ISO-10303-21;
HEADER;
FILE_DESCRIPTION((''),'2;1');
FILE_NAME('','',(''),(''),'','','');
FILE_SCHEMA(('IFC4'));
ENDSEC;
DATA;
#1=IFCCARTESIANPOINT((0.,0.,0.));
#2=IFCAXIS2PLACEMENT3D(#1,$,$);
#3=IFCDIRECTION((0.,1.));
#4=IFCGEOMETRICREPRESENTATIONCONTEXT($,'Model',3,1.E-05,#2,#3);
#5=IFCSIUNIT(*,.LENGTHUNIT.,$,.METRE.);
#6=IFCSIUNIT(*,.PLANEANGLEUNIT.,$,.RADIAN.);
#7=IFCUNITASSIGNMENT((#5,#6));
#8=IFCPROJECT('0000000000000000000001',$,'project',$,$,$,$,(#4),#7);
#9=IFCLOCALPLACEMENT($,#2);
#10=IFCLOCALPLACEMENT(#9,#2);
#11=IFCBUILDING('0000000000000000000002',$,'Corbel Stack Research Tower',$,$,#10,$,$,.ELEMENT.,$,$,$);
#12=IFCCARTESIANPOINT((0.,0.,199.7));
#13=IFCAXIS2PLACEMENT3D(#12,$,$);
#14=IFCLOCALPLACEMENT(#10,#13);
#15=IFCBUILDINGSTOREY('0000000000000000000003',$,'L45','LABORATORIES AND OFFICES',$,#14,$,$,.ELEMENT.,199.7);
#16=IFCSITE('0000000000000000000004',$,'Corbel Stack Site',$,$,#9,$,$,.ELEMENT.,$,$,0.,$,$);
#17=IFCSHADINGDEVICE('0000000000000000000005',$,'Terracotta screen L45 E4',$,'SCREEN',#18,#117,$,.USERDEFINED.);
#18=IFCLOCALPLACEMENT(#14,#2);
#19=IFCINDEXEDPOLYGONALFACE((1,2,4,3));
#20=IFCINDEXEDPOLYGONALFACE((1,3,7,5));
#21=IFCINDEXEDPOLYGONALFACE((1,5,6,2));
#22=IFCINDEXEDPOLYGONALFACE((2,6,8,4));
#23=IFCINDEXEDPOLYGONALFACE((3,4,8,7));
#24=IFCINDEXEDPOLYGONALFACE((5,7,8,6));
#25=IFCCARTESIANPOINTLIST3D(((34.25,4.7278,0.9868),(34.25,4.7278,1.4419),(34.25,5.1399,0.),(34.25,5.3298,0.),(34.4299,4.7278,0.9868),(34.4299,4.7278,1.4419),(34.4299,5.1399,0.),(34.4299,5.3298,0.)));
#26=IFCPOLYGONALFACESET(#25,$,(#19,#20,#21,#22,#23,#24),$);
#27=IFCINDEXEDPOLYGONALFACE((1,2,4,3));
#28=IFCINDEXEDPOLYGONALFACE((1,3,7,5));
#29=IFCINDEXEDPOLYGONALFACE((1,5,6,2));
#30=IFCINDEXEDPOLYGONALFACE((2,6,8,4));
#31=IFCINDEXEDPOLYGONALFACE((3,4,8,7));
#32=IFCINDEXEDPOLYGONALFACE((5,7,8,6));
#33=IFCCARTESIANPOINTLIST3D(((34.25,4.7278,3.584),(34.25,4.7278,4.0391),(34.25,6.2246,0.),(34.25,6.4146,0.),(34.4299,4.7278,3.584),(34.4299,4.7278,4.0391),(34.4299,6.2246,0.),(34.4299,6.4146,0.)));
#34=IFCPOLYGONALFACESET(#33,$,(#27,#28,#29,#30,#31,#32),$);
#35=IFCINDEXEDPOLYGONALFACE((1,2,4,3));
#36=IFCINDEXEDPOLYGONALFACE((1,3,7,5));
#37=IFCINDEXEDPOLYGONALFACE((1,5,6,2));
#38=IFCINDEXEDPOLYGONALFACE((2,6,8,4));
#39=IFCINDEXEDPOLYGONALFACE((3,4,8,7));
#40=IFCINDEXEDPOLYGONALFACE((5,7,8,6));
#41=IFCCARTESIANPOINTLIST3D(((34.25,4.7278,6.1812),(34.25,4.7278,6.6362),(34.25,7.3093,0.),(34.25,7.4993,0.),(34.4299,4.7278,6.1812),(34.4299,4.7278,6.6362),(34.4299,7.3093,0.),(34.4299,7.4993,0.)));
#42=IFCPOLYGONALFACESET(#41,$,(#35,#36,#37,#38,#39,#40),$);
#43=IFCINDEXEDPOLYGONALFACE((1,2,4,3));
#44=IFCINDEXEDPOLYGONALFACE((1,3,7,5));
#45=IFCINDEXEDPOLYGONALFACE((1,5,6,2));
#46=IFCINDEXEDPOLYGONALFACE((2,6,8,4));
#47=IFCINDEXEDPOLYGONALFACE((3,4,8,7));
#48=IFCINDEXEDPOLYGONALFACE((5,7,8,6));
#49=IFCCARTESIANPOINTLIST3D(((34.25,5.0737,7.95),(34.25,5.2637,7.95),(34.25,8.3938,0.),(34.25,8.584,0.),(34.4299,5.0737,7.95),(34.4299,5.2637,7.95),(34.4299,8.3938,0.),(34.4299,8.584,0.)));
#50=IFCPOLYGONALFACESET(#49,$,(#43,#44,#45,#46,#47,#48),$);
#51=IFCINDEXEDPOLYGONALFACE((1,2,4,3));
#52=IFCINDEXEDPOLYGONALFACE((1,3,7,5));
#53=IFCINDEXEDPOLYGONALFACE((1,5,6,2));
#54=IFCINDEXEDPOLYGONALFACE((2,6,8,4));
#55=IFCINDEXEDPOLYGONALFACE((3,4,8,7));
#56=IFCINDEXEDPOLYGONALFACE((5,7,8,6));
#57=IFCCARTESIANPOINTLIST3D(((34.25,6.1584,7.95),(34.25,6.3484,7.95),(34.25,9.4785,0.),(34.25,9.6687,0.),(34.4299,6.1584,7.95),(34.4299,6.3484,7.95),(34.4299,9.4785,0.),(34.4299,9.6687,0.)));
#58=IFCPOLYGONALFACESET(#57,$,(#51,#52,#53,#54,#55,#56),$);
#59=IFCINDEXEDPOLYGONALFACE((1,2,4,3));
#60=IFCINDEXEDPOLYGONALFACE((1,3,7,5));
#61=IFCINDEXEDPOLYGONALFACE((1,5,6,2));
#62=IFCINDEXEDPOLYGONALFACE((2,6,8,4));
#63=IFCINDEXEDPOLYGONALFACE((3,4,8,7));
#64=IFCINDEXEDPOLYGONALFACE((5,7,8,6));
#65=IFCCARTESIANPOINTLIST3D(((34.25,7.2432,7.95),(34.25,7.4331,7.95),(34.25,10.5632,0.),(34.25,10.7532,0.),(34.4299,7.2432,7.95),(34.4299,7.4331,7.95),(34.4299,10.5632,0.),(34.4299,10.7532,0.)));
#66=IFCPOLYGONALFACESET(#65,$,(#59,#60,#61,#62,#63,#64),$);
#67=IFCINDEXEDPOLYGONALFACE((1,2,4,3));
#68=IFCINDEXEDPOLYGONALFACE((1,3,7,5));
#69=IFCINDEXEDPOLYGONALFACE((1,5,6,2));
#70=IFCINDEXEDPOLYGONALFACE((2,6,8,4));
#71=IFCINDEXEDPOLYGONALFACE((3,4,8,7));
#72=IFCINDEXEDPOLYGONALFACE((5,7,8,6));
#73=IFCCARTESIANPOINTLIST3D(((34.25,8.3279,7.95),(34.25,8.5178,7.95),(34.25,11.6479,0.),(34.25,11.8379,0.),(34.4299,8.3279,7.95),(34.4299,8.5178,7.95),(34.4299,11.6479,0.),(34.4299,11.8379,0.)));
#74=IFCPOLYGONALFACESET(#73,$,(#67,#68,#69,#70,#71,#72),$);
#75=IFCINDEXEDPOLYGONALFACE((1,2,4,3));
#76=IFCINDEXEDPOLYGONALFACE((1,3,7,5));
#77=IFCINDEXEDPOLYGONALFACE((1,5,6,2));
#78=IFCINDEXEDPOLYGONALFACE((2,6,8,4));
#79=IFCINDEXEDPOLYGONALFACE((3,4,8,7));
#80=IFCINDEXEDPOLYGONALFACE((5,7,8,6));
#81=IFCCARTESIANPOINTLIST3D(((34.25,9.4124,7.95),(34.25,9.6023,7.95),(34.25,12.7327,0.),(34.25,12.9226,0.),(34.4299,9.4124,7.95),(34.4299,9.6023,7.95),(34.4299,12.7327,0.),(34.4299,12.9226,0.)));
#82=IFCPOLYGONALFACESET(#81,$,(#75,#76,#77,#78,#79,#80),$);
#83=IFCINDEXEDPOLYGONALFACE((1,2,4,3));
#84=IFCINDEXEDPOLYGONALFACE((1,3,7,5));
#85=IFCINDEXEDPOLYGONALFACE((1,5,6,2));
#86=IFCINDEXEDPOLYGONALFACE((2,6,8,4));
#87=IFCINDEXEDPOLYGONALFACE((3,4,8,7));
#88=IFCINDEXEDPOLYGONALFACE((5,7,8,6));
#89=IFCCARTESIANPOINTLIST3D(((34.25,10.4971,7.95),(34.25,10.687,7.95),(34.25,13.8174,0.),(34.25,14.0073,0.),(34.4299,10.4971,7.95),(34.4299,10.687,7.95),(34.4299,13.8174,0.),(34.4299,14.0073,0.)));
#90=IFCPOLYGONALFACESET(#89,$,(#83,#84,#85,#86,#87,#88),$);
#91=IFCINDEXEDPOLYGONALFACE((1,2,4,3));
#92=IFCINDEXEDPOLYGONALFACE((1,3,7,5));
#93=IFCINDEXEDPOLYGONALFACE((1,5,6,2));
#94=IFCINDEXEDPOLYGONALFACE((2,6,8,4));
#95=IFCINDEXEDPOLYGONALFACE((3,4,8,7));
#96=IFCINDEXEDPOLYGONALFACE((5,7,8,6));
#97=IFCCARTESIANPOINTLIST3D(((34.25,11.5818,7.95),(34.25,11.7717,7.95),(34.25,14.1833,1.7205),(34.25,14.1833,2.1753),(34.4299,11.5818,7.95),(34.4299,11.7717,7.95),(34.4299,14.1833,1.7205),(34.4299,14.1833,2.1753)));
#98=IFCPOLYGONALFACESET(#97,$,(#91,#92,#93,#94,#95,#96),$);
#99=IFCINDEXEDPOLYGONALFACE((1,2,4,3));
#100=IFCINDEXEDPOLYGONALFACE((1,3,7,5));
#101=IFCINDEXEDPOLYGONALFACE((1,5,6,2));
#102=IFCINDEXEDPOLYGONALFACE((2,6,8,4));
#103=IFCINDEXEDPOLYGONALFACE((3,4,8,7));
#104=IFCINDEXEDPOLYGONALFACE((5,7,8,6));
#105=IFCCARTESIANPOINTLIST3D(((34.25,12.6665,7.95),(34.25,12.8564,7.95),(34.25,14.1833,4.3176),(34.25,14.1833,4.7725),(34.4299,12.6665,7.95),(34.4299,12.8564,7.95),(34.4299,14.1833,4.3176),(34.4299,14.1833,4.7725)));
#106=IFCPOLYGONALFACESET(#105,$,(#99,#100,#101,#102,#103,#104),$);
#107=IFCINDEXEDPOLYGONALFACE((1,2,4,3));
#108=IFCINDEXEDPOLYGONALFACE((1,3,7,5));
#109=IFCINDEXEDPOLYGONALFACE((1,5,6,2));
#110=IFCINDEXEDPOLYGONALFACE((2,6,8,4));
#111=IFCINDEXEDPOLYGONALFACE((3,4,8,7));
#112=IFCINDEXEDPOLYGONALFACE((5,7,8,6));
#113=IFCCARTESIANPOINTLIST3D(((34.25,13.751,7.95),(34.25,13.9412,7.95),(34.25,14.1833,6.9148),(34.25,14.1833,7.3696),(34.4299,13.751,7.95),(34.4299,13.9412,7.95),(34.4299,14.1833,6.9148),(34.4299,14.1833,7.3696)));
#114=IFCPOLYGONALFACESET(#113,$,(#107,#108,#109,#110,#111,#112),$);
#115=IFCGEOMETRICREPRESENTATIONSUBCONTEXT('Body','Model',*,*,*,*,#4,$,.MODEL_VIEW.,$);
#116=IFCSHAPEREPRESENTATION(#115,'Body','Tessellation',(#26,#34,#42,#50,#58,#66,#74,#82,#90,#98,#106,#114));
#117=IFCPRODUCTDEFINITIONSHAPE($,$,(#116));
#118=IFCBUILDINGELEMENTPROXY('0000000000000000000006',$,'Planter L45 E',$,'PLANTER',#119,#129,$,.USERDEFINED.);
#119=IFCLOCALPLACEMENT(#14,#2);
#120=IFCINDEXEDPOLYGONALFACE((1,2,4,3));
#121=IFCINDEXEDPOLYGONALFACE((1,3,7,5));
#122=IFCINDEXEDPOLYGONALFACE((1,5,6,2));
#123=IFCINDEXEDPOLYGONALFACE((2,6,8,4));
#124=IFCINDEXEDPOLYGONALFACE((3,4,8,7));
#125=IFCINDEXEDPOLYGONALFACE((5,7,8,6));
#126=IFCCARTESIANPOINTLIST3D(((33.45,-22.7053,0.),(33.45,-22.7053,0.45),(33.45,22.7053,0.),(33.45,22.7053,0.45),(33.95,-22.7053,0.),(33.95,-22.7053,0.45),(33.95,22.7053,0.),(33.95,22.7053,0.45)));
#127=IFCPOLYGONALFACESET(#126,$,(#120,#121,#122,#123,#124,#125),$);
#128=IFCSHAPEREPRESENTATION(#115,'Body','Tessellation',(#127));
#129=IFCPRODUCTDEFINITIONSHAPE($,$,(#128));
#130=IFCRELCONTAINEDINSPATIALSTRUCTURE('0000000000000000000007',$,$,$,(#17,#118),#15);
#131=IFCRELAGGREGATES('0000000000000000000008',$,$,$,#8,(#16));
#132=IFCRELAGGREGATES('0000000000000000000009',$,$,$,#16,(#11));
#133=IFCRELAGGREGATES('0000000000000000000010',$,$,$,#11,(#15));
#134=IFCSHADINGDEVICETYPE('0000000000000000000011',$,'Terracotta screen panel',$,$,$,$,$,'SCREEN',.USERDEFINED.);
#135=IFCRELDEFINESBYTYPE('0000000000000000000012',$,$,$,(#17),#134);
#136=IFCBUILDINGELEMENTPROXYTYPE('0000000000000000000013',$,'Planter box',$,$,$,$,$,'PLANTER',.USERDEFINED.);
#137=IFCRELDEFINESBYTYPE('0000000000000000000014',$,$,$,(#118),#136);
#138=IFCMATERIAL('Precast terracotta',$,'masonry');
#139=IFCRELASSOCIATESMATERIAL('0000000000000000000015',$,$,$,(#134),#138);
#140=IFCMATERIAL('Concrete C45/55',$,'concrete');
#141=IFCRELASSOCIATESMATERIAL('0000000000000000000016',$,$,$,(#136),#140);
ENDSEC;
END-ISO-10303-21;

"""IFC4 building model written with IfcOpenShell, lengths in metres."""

from ifc_helpers import new_model, si_unit, direction, frame, origin, origin_2d, place, context, subcontext, project, spatial, polyline, rectangle, outline, extrude, source, transform, mapped, material, type_object, element, save


model = new_model("IFC4")

# Units and contexts
model_context = context("Model", 3, precision=1e-05, world=origin(), true_north=direction((0.0, 1.0)))
body_context = subcontext(model_context, "Body", "Model", "MODEL_VIEW")
ifc_project = project(units=[si_unit("LENGTHUNIT", "METRE"), si_unit("PLANEANGLEUNIT", "RADIAN")], contexts=[model_context])

# Site, building, storey
site_placement = place(None, origin())
site = spatial("IfcSite", under=ifc_project, at=site_placement, Name="Corbel Stack Site", CompositionType="ELEMENT", RefElevation=0.0)
building_placement = place(site_placement, origin())
building = spatial("IfcBuilding", under=site, at=building_placement, Name="Corbel Stack Research Tower", CompositionType="ELEMENT")
storey_placement = place(building_placement, frame((0.0, 0.0, 199.7)))
storey = spatial("IfcBuildingStorey", under=building, at=storey_placement, Name="L45", Description="LABORATORIES AND OFFICES", CompositionType="ELEMENT", Elevation=199.7)

# Shading device
ifc_material_1 = material(Name="Precast terracotta", Category="masonry")
shading_device_type = type_object("IfcShadingDeviceType", Name="Terracotta screen panel", ElementType="SCREEN", PredefinedType="USERDEFINED", material=ifc_material_1)
shared_shape_1 = source(origin(), body_context, "Body", "SweptSolid", [
    extrude(outline(polyline([(0.6021, 0.0), (0.0, 1.4419), (0.0, 0.9868), (0.4121, 0.0), (0.6021, 0.0)])), frame((0.0, 0.0, 0.0), z_axis=(0.0, -1.0, 0.0), x_axis=(1.0, 0.0, 0.0)), (0.0, 0.0, 1.0), 0.1799),
    extrude(outline(polyline([(1.6868, 0.0), (0.0, 4.0391), (0.0, 3.584), (1.4968, 0.0), (1.6868, 0.0)])), frame((0.0, 0.0, 0.0), z_axis=(0.0, -1.0, 0.0), x_axis=(1.0, 0.0, 0.0)), (0.0, 0.0, 1.0), 0.1799),
    extrude(outline(polyline([(2.7715, 0.0), (0.0, 6.6362), (0.0, 6.1812), (2.5815, 0.0), (2.7715, 0.0)])), frame((0.0, 0.0, 0.0), z_axis=(0.0, -1.0, 0.0), x_axis=(1.0, 0.0, 0.0)), (0.0, 0.0, 1.0), 0.1799),
    extrude(outline(polyline([(3.8562, 0.0), (0.5359, 7.95), (0.3459, 7.95), (3.666, 0.0), (3.8562, 0.0)])), frame((0.0, 0.0, 0.0), z_axis=(0.0, -1.0, 0.0), x_axis=(1.0, 0.0, 0.0)), (0.0, 0.0, 1.0), 0.1799),
    extrude(outline(polyline([(4.9409, 0.0), (1.6206, 7.95), (1.4307, 7.95), (4.7507, 0.0), (4.9409, 0.0)])), frame((0.0, 0.0, 0.0), z_axis=(0.0, -1.0, 0.0), x_axis=(1.0, 0.0, 0.0)), (0.0, 0.0, 1.0), 0.1799),
    extrude(outline(polyline([(6.0254, 0.0), (2.7053, 7.95), (2.5154, 7.95), (5.8354, 0.0), (6.0254, 0.0)])), frame((0.0, 0.0, 0.0), z_axis=(0.0, -1.0, 0.0), x_axis=(1.0, 0.0, 0.0)), (0.0, 0.0, 1.0), 0.1799),
    extrude(outline(polyline([(7.1101, 0.0), (3.79, 7.95), (3.6001, 7.95), (6.9202, 0.0), (7.1101, 0.0)])), frame((0.0, 0.0, 0.0), z_axis=(0.0, -1.0, 0.0), x_axis=(1.0, 0.0, 0.0)), (0.0, 0.0, 1.0), 0.1799),
    extrude(outline(polyline([(8.1948, 0.0), (4.8745, 7.95), (4.6846, 7.95), (8.0049, 0.0), (8.1948, 0.0)])), frame((0.0, 0.0, 0.0), z_axis=(0.0, -1.0, 0.0), x_axis=(1.0, 0.0, 0.0)), (0.0, 0.0, 1.0), 0.1799),
    extrude(outline(polyline([(9.2795, 0.0), (5.9592, 7.95), (5.7693, 7.95), (9.0896, 0.0), (9.2795, 0.0)])), frame((0.0, 0.0, 0.0), z_axis=(0.0, -1.0, 0.0), x_axis=(1.0, 0.0, 0.0)), (0.0, 0.0, 1.0), 0.1799),
    extrude(outline(polyline([(7.0439, 7.95), (6.854, 7.95), (9.4556, 1.7205), (9.4556, 2.1753), (7.0439, 7.95)])), frame((0.0, 0.0, 0.0), z_axis=(0.0, -1.0, 0.0), x_axis=(1.0, 0.0, 0.0)), (0.0, 0.0, 1.0), 0.1799),
    extrude(outline(polyline([(8.1287, 7.95), (7.9387, 7.95), (9.4556, 4.3176), (9.4556, 4.7725), (8.1287, 7.95)])), frame((0.0, 0.0, 0.0), z_axis=(0.0, -1.0, 0.0), x_axis=(1.0, 0.0, 0.0)), (0.0, 0.0, 1.0), 0.1799),
    extrude(outline(polyline([(9.2134, 7.95), (9.0232, 7.95), (9.4556, 6.9148), (9.4556, 7.3696), (9.2134, 7.95)])), frame((0.0, 0.0, 0.0), z_axis=(0.0, -1.0, 0.0), x_axis=(1.0, 0.0, 0.0)), (0.0, 0.0, 1.0), 0.1799),
])
shading_device_1_placement = place(storey_placement, frame((34.25, 4.7278, 0.0), z_axis=(0.0, 0.0, 1.0), x_axis=(0.0, 1.0, 0.0)))
element("IfcShadingDevice", 1, at=shading_device_1_placement, inside=storey, type_object=shading_device_type, Name="Terracotta screen L45 E4", ObjectType="SCREEN", PredefinedType="USERDEFINED", context=body_context, shape_type="MappedRepresentation", body=[
    mapped(shared_shape_1, transform((0.0, 0.0, 0.0))),
])

# Building element proxy
ifc_material_2 = material(Name="Concrete C45/55", Category="concrete")
building_element_proxy_type = type_object("IfcBuildingElementProxyType", Name="Planter box", ElementType="PLANTER", PredefinedType="USERDEFINED", material=ifc_material_2)
proxy_placement = place(storey_placement, frame((33.7, 0.0, 0.0), z_axis=(0.0, 0.0, 1.0), x_axis=(0.0, 1.0, 0.0)))
element("IfcBuildingElementProxy", 2, at=proxy_placement, inside=storey, type_object=building_element_proxy_type, Name="Planter L45 E", ObjectType="PLANTER", PredefinedType="USERDEFINED", context=body_context, shape_type="SweptSolid", body=[
    extrude(rectangle(XDim=45.4106, YDim=0.5, at=origin_2d()), origin(), (0.0, 0.0, 1.0), 0.45),
])

save(model, "model.ifc")
